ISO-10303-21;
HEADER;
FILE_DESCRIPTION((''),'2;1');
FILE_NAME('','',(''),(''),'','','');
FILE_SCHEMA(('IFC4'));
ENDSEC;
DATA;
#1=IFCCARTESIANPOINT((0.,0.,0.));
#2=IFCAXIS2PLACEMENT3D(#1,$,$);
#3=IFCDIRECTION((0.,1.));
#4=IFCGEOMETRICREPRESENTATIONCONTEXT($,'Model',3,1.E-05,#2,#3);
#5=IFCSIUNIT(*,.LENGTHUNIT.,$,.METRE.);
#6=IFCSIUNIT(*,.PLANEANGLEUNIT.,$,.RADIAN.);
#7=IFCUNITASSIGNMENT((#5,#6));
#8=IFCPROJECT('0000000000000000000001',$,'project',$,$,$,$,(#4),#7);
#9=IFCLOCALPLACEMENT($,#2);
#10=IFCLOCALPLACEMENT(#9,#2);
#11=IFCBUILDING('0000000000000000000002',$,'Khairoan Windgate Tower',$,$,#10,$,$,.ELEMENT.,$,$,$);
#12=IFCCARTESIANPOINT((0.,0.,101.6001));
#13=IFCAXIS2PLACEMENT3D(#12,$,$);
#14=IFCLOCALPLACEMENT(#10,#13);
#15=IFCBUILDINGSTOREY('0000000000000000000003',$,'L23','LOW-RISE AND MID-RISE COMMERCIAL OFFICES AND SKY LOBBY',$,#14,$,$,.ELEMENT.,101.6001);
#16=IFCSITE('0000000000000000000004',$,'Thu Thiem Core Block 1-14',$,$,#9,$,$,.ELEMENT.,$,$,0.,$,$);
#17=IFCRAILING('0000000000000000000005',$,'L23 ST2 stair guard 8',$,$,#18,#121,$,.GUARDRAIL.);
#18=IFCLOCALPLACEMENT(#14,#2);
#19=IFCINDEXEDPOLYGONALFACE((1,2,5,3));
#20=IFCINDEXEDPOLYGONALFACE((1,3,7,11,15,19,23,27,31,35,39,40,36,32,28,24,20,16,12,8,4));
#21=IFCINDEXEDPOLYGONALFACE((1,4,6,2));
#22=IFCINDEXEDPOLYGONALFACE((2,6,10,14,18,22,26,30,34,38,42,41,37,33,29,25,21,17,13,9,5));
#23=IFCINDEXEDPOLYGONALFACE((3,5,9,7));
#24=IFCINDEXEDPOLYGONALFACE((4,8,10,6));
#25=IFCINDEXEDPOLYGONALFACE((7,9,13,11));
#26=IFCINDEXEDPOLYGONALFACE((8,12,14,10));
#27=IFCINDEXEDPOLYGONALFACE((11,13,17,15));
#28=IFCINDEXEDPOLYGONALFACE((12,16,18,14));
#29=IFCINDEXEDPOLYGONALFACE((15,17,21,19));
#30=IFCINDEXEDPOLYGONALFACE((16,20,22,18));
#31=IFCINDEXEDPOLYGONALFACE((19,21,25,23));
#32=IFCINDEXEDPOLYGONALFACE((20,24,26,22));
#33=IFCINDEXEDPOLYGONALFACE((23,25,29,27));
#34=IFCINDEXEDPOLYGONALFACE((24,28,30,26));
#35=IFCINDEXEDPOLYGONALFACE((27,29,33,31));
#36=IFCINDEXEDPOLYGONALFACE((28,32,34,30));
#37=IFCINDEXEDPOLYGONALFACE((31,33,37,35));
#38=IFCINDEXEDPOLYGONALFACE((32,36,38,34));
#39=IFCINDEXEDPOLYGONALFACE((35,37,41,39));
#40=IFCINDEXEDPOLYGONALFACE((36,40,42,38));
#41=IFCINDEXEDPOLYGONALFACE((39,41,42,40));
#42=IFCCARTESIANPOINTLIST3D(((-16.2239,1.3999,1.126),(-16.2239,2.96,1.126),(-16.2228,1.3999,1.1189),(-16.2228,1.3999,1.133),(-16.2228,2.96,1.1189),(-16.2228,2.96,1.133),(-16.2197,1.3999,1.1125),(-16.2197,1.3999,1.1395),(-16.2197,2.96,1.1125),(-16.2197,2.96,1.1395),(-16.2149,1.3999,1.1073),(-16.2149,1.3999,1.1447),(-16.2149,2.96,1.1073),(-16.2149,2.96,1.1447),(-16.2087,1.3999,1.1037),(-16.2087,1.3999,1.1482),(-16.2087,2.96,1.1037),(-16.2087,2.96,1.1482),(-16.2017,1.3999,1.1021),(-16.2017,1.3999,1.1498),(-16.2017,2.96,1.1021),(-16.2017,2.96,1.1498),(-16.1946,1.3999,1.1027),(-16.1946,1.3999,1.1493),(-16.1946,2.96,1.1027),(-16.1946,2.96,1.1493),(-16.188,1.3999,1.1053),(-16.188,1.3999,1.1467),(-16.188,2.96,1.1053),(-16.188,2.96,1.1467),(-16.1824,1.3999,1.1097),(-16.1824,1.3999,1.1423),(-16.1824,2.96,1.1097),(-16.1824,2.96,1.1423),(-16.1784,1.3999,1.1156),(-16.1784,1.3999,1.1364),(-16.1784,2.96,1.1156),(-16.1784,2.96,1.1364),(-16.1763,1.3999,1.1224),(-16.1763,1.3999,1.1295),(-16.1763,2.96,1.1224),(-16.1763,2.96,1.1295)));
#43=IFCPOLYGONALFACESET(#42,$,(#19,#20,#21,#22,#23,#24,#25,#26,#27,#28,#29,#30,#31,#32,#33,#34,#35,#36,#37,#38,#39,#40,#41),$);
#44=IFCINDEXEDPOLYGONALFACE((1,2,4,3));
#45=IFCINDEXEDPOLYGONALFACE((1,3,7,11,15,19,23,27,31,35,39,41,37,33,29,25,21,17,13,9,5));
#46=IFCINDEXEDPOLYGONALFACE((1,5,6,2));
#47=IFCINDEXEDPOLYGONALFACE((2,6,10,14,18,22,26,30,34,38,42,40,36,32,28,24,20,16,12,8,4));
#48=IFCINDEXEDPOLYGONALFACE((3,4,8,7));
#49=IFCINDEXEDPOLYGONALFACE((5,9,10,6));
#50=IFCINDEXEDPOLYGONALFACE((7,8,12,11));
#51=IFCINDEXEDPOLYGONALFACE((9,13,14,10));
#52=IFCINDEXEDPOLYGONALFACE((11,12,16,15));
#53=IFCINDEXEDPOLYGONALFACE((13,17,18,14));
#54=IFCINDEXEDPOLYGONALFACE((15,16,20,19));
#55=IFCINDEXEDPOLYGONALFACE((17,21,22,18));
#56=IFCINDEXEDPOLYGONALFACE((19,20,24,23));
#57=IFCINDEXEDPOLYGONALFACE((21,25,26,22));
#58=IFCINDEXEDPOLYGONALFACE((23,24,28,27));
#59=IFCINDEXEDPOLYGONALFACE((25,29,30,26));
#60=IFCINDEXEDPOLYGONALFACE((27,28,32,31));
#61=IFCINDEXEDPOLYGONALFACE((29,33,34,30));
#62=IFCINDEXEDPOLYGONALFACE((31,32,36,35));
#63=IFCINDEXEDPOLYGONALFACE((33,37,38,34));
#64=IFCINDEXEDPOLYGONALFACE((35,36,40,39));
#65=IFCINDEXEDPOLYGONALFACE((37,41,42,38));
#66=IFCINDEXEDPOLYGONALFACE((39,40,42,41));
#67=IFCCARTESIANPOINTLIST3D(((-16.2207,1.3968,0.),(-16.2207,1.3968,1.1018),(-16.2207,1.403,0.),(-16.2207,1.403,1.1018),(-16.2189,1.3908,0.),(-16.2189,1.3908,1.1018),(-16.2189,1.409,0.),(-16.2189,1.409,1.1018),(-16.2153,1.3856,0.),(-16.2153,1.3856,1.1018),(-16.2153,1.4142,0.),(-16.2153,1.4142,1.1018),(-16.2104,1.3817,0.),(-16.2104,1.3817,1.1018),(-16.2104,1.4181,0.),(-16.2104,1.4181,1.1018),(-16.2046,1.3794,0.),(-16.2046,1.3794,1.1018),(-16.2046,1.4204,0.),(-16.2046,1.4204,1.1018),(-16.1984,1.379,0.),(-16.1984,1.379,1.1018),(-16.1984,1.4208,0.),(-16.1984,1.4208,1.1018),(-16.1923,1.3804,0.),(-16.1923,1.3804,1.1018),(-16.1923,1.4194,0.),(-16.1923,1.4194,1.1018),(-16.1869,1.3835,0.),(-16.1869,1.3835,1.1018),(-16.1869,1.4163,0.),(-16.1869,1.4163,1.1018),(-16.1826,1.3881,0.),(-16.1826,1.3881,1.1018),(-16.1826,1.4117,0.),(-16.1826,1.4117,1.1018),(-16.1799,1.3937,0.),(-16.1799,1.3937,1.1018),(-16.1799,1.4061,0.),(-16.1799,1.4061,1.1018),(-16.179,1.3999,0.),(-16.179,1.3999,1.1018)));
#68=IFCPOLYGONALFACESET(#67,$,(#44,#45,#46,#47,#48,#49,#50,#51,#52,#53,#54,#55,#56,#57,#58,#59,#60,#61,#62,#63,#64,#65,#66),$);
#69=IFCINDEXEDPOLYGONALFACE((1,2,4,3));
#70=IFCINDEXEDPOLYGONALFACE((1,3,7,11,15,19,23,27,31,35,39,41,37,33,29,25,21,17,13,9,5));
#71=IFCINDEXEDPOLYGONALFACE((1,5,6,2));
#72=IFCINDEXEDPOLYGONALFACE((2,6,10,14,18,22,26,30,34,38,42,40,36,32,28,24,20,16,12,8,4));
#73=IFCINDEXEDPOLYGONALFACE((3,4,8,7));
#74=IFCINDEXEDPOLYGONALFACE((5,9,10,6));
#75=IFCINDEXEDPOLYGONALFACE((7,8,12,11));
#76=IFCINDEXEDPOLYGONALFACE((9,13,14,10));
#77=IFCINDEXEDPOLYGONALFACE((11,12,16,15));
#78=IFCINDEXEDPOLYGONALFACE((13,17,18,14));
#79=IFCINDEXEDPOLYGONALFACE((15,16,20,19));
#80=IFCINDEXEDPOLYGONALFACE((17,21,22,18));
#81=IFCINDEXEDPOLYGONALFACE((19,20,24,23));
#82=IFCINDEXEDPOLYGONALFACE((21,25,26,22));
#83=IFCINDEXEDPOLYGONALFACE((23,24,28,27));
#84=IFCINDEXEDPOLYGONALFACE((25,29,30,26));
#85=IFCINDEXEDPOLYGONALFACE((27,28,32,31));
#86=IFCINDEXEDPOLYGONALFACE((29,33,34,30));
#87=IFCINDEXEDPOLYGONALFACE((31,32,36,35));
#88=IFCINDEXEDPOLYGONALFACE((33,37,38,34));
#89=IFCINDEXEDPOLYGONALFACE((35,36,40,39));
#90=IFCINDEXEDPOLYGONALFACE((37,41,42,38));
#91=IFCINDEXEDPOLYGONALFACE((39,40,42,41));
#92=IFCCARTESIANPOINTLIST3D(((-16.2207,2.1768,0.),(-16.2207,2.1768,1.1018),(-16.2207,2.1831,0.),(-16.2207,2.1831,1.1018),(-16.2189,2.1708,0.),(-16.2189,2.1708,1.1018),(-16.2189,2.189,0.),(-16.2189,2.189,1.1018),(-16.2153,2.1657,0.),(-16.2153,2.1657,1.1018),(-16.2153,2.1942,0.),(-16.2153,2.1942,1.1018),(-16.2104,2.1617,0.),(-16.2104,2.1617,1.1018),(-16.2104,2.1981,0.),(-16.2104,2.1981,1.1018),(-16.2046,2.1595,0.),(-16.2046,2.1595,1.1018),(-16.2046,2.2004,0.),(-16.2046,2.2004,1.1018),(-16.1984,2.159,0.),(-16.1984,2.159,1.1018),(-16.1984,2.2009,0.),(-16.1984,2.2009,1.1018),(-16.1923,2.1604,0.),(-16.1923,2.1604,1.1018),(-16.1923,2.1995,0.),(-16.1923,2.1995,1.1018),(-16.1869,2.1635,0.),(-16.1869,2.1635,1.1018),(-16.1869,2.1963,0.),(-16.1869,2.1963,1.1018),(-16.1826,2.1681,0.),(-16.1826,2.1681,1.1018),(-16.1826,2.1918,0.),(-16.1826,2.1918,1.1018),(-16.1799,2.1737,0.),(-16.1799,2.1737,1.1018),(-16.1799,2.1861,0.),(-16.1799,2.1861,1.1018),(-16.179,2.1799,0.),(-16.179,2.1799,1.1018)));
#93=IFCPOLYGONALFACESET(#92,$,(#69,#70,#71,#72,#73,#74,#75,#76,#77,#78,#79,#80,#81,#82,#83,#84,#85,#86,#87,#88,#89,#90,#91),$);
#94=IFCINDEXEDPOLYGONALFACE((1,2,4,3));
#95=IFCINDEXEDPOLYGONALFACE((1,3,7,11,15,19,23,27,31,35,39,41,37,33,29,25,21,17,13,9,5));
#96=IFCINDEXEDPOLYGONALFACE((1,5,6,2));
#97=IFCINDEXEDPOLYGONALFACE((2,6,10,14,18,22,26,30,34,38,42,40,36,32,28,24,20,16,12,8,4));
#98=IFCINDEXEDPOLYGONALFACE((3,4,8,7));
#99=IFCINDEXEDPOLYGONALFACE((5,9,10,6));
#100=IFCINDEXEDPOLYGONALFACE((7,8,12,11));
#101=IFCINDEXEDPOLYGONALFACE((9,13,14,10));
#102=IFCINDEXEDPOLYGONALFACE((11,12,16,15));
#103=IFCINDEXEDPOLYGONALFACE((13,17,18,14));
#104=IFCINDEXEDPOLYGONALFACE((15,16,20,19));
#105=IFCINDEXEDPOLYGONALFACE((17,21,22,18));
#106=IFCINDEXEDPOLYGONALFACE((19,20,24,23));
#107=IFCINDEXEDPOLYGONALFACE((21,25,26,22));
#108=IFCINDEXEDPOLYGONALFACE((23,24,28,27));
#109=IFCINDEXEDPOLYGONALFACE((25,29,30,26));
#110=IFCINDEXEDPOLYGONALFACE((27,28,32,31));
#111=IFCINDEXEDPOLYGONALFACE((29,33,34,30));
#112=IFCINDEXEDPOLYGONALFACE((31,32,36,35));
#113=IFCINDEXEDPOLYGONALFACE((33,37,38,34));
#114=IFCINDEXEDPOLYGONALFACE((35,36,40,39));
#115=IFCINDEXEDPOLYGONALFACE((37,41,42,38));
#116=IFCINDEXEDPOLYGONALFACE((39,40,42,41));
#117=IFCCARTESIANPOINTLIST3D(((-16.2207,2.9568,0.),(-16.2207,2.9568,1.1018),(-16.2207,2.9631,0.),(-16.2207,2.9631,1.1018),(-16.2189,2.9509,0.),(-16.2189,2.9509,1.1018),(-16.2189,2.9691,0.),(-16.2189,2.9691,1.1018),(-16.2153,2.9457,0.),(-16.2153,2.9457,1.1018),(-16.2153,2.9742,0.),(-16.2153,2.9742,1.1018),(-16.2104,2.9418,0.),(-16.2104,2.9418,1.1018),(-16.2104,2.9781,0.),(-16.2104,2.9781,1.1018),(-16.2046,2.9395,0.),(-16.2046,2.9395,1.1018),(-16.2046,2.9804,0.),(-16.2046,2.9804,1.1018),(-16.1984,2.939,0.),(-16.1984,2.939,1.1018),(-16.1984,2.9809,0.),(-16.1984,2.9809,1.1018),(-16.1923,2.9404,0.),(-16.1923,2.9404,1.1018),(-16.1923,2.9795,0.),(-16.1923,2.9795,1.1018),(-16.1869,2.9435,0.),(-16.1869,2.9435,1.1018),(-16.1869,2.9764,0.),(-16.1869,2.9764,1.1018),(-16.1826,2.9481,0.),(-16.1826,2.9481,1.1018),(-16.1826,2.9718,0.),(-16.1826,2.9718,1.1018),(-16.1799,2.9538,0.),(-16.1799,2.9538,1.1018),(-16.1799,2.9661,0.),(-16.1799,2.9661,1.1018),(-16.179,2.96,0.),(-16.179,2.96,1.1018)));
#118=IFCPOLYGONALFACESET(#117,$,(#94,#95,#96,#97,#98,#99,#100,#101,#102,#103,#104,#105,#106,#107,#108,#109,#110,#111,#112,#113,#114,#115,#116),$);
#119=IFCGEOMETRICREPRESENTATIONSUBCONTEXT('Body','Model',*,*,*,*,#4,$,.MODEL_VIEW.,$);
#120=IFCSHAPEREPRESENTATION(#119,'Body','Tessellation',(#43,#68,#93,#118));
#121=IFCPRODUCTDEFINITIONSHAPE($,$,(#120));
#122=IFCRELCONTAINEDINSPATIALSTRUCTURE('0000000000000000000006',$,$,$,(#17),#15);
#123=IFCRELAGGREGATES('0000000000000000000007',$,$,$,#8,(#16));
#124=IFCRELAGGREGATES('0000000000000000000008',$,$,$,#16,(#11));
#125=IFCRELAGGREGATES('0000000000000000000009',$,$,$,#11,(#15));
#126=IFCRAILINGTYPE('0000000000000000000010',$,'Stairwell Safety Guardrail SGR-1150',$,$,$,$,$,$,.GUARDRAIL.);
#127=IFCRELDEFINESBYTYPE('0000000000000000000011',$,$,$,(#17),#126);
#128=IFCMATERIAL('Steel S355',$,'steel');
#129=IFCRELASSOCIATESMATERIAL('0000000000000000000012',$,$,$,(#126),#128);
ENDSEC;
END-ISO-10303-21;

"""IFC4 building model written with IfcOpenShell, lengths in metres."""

from ifc_helpers import new_model, si_unit, direction, frame, origin, origin_2d, place, context, subcontext, project, spatial, circle, extrude, material, type_object, element, save


model = new_model("IFC4")

# Units and contexts
model_context = context("Model", 3, precision=1e-05, world=origin(), true_north=direction((0.0, 1.0)))
body_context = subcontext(model_context, "Body", "Model", "MODEL_VIEW")
ifc_project = project(units=[si_unit("LENGTHUNIT", "METRE"), si_unit("PLANEANGLEUNIT", "RADIAN")], contexts=[model_context])

# Site, building, storey
site_placement = place(None, origin())
site = spatial("IfcSite", under=ifc_project, at=site_placement, Name="Thu Thiem Core Block 1-14", CompositionType="ELEMENT", RefElevation=0.0)
building_placement = place(site_placement, origin())
building = spatial("IfcBuilding", under=site, at=building_placement, Name="Khairoan Windgate Tower", CompositionType="ELEMENT")
storey_placement = place(building_placement, frame((0.0, 0.0, 101.6001)))
storey = spatial("IfcBuildingStorey", under=building, at=storey_placement, Name="L23", Description="LOW-RISE AND MID-RISE COMMERCIAL OFFICES AND SKY LOBBY", CompositionType="ELEMENT", Elevation=101.6001)

# Railing
ifc_material_1 = material(Name="Steel S355", Category="steel")
railing_type_1 = type_object("IfcRailingType", Name="Stairwell Safety Guardrail SGR-1150", PredefinedType="GUARDRAIL", material=ifc_material_1)
railing_1_placement = place(storey_placement, frame((-16.2, 1.3999, 0.0)))
element("IfcRailing", 1, at=railing_1_placement, inside=storey, type_object=railing_type_1, Name="L23 ST2 stair guard 8", PredefinedType="GUARDRAIL", context=body_context, shape_type="SweptSolid", body=[
    extrude(circle(Radius=0.0239, at=origin_2d()), frame((0.0, 0.0, 1.126), z_axis=(0.0, 1.0, 0.0), x_axis=(-1.0, 0.0, 0.0)), (0.0, 0.0, 1.0), 1.5601),
    extrude(circle(Radius=0.021, at=origin_2d()), origin(), (0.0, 0.0, 1.0), 1.1018),
    extrude(circle(Radius=0.021, at=origin_2d()), frame((0.0, 0.78, 0.0)), (0.0, 0.0, 1.0), 1.1018),
    extrude(circle(Radius=0.021, at=origin_2d()), frame((0.0, 1.5601, 0.0)), (0.0, 0.0, 1.0), 1.1018),
])

save(model, "model.ifc")
